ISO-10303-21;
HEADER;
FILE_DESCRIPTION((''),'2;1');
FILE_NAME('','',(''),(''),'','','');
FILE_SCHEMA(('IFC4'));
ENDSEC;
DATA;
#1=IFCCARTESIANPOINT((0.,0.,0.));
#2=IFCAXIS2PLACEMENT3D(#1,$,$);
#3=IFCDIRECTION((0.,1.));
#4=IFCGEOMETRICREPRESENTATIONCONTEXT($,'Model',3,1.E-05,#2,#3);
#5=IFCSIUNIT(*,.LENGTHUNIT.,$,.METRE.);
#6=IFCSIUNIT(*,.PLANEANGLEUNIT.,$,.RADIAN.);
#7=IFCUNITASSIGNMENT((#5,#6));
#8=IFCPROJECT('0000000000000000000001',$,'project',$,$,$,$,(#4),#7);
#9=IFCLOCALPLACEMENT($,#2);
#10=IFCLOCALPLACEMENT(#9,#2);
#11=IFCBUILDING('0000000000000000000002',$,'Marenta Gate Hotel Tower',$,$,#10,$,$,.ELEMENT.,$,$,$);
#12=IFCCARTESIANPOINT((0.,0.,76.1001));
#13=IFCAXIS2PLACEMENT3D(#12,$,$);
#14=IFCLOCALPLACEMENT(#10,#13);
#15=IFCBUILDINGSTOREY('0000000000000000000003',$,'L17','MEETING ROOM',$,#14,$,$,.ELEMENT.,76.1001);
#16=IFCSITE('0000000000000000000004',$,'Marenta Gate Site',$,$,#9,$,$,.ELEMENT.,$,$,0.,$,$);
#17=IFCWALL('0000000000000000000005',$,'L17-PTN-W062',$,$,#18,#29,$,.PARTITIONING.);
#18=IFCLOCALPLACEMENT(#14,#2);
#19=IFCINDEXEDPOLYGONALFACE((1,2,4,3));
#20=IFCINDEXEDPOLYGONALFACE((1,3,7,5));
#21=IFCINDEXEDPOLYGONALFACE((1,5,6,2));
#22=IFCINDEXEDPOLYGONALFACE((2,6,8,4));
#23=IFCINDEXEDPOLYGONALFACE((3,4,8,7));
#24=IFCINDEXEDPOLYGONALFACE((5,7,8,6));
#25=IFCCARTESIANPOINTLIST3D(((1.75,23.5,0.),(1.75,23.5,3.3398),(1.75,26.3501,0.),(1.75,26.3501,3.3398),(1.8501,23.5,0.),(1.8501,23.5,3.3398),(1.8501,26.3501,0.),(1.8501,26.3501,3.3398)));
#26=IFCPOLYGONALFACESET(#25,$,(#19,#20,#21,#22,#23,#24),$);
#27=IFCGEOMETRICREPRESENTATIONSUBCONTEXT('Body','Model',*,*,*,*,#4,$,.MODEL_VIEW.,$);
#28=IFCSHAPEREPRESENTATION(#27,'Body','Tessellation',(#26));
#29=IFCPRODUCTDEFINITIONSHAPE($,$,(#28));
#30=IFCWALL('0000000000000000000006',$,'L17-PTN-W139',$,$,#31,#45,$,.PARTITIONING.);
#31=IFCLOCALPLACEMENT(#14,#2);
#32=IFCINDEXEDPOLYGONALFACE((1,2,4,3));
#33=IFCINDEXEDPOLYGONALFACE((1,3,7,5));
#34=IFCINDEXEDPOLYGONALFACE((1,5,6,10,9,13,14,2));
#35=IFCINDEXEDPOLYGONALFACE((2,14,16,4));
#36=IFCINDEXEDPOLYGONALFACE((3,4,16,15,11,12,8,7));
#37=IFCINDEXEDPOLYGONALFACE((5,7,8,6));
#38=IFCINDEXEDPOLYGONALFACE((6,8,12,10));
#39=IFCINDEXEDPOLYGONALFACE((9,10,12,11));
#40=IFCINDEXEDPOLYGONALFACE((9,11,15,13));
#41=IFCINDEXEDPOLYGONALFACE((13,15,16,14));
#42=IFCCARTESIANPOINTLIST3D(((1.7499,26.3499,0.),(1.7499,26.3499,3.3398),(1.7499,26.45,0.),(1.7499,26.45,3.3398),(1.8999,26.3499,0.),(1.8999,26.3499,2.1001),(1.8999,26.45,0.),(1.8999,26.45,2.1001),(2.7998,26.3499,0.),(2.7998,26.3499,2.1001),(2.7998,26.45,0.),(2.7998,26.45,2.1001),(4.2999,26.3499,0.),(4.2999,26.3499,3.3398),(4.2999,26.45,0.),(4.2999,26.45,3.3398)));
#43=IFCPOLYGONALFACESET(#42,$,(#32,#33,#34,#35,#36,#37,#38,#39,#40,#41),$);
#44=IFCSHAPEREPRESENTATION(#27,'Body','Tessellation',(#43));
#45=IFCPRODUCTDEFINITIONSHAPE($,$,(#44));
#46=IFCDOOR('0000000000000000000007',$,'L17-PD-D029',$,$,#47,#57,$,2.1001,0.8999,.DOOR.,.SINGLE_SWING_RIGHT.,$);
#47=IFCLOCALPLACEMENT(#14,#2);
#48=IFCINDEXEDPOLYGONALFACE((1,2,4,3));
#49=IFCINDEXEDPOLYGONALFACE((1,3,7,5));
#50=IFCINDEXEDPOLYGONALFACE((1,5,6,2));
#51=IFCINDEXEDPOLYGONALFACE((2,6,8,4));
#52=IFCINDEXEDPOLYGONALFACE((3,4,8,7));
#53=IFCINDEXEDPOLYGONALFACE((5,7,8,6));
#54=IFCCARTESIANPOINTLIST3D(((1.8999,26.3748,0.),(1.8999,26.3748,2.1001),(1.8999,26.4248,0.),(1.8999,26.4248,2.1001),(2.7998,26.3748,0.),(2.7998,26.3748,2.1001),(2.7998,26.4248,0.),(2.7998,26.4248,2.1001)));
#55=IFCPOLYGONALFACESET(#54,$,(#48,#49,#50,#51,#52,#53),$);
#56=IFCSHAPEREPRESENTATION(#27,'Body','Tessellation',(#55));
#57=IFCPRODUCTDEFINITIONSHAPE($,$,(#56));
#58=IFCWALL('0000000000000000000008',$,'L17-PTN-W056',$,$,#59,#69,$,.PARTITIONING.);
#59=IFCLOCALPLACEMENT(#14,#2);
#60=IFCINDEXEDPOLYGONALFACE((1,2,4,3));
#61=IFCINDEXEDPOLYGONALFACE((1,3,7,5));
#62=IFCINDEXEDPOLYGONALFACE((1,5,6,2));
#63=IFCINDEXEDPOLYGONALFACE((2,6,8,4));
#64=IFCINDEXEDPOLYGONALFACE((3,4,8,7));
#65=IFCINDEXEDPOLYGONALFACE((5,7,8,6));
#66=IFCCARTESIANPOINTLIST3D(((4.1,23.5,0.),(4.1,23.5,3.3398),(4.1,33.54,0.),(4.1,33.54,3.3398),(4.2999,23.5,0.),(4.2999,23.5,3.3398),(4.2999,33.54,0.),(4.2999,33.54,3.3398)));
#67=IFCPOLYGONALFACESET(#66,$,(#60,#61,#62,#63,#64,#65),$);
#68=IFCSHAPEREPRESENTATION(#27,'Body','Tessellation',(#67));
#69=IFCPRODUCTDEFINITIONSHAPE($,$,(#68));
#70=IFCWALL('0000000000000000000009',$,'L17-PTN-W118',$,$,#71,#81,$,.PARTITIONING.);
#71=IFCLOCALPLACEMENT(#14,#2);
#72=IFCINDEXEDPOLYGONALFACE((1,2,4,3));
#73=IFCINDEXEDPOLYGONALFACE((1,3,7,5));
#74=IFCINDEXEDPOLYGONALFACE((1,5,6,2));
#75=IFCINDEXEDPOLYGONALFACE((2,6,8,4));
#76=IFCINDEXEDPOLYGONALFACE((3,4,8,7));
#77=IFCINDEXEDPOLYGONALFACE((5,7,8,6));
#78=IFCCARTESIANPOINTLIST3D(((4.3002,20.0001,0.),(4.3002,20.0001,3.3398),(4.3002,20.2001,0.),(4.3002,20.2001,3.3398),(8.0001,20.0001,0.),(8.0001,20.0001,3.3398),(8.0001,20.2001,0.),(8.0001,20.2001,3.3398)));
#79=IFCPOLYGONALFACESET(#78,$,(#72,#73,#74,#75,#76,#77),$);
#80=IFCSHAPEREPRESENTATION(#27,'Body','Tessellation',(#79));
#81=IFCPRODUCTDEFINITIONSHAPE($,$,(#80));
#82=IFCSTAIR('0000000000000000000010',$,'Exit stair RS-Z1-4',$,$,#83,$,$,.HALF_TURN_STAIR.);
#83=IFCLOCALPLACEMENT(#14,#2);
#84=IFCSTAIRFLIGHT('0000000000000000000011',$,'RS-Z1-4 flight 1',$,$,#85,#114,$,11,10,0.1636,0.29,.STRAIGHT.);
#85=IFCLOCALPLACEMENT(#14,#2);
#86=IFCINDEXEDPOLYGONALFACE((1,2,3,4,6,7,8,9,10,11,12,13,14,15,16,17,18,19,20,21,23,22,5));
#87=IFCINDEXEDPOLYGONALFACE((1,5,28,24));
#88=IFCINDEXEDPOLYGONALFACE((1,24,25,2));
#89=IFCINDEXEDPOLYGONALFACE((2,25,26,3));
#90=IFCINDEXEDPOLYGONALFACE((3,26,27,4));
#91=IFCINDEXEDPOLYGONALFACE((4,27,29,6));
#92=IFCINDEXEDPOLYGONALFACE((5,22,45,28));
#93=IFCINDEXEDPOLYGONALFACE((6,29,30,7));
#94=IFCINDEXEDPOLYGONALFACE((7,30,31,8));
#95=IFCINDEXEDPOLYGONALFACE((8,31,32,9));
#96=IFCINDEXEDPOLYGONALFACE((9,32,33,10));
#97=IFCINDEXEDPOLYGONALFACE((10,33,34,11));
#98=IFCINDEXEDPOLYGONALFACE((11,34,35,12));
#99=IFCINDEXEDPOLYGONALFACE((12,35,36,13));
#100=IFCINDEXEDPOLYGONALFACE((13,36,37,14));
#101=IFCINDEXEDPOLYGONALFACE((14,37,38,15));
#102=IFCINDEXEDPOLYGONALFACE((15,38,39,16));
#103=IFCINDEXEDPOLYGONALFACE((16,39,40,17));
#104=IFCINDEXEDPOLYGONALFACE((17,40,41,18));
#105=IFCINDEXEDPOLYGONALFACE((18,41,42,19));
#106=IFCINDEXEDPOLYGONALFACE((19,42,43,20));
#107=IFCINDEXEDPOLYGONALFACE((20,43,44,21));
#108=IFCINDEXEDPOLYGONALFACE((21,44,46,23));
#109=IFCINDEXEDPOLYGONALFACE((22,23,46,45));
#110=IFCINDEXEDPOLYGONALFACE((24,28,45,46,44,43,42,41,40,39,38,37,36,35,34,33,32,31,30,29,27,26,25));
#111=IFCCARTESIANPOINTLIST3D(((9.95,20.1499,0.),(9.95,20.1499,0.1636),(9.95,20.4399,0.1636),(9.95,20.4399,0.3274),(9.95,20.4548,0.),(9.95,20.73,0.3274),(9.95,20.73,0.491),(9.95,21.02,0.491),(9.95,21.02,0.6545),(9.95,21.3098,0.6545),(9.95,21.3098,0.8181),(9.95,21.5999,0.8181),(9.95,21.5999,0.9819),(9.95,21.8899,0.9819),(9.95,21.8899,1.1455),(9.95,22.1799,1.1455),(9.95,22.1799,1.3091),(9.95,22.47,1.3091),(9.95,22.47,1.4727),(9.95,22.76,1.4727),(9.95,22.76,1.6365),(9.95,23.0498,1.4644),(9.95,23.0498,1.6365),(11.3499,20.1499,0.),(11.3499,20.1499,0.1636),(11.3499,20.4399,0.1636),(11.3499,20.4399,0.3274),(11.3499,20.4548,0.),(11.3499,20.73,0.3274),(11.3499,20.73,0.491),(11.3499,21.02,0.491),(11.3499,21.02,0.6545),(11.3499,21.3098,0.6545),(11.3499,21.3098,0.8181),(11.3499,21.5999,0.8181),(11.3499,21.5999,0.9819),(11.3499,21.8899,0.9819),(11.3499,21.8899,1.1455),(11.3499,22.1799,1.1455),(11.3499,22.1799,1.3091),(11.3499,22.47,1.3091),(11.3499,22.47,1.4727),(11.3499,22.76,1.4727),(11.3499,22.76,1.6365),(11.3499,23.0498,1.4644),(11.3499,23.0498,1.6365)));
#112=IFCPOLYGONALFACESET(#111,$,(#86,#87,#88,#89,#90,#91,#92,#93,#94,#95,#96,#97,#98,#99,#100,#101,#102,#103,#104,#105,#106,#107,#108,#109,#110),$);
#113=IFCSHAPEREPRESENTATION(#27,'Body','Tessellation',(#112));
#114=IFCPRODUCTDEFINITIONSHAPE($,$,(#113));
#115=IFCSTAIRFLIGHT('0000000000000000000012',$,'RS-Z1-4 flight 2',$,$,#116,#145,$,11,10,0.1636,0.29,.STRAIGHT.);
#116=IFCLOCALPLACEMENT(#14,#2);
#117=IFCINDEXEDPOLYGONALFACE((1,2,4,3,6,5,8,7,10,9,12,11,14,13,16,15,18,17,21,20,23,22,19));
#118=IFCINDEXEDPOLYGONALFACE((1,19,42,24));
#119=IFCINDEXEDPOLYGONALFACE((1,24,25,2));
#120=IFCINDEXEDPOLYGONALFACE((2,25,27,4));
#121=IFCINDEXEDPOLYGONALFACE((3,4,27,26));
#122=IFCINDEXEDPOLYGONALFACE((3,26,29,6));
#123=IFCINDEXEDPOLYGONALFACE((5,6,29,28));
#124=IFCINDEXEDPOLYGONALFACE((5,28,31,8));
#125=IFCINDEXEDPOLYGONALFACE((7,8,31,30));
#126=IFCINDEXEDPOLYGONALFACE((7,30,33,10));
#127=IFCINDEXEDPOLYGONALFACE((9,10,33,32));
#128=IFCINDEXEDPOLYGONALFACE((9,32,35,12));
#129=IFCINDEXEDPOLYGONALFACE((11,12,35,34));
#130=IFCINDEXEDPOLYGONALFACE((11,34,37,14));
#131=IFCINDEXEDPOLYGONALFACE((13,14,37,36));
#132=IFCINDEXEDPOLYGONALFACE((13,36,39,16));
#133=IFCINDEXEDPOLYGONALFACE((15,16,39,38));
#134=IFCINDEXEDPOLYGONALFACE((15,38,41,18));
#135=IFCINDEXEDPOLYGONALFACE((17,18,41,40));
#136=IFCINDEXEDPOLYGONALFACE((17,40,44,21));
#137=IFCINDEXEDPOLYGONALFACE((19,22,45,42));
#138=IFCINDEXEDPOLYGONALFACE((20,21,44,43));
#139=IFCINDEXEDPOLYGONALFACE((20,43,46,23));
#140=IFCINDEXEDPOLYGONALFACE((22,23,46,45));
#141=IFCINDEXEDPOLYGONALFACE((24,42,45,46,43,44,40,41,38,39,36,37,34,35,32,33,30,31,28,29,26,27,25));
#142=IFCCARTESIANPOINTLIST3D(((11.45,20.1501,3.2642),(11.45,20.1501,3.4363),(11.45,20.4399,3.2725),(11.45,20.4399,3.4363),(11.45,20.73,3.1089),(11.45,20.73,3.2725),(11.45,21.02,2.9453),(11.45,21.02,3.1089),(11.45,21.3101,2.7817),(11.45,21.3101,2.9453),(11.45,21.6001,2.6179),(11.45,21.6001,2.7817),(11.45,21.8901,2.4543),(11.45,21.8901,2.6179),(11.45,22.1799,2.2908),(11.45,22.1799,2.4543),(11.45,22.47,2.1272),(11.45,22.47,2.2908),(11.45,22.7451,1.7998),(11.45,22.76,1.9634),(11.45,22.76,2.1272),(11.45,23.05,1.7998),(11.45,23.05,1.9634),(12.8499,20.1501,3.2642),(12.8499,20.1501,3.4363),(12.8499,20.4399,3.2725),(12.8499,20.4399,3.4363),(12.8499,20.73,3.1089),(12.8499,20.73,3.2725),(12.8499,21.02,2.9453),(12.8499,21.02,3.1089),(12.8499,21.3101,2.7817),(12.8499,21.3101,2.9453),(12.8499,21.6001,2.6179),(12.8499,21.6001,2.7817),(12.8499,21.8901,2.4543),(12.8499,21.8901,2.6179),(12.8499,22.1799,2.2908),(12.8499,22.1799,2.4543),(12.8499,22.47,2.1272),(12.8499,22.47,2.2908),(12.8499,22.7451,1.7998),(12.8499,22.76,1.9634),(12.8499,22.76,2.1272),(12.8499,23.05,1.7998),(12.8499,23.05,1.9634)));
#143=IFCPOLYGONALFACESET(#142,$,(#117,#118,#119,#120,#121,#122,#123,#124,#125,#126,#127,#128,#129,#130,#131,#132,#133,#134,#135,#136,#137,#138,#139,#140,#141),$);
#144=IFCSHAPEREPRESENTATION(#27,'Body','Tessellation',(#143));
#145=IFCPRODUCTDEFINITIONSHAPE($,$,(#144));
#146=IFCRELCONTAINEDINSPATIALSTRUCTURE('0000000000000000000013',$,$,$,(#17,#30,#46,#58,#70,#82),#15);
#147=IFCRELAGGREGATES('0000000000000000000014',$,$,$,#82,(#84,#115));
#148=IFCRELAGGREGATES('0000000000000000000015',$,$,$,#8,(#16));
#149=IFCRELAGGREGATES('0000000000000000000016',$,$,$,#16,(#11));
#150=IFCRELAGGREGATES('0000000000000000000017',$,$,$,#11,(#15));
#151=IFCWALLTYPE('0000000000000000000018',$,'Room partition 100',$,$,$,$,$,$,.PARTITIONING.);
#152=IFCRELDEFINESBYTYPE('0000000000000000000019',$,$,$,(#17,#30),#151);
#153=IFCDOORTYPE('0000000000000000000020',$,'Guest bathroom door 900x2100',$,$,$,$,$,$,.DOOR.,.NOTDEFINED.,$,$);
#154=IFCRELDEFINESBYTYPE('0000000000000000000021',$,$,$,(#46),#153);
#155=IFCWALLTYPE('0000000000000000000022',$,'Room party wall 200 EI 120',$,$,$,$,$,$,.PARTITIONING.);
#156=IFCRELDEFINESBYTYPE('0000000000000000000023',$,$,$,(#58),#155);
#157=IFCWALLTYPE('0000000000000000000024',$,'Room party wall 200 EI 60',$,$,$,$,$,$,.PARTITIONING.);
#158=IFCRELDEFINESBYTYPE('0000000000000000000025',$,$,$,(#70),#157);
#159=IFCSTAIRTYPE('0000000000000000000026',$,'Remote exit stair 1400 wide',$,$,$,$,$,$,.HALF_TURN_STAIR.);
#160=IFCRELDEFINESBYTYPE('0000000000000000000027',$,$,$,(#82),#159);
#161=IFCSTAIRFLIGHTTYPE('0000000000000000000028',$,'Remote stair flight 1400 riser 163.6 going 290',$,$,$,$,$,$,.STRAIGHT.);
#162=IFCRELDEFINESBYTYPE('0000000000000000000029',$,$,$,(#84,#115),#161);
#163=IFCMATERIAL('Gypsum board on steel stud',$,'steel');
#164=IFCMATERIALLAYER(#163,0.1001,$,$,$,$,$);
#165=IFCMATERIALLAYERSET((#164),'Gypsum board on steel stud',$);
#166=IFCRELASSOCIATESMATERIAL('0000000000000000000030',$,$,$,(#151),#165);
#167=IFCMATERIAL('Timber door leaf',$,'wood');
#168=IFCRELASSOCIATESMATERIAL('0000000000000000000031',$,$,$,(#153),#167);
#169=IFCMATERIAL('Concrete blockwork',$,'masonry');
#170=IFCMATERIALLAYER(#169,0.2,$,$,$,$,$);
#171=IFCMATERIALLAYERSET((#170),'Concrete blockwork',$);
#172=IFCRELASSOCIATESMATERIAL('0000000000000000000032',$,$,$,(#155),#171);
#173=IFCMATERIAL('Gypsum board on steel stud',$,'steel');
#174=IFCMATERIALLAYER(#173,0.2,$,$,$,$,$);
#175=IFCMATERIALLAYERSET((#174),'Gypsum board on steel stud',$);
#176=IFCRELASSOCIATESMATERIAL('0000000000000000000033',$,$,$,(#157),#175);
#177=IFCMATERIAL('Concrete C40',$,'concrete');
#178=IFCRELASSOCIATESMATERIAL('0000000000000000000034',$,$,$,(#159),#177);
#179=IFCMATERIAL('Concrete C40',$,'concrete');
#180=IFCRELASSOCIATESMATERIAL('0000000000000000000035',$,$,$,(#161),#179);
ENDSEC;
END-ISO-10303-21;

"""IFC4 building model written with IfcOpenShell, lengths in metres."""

from ifc_helpers import new_model, si_unit, direction, frame, frame_2d, origin, place, context, subcontext, project, spatial, polyline, rectangle, outline, extrude, material, layer, layer_set, type_object, element, fill, aggregate, save


model = new_model("IFC4")

# Units and contexts
model_context = context("Model", 3, precision=1e-05, world=origin(), true_north=direction((0.0, 1.0)))
body_context = subcontext(model_context, "Body", "Model", "MODEL_VIEW")
ifc_project = project(units=[si_unit("LENGTHUNIT", "METRE"), si_unit("PLANEANGLEUNIT", "RADIAN")], contexts=[model_context])

# Site, building, storey
site_placement = place(None, origin())
site = spatial("IfcSite", under=ifc_project, at=site_placement, Name="Marenta Gate Site", CompositionType="ELEMENT", RefElevation=0.0)
building_placement = place(site_placement, origin())
building = spatial("IfcBuilding", under=site, at=building_placement, Name="Marenta Gate Hotel Tower", CompositionType="ELEMENT")
storey_placement = place(building_placement, frame((0.0, 0.0, 76.1001)))
storey = spatial("IfcBuildingStorey", under=building, at=storey_placement, Name="L17", Description="MEETING ROOM", CompositionType="ELEMENT", Elevation=76.1001)

# Wall
ifc_material_1 = material(Name="Gypsum board on steel stud", Category="steel")
ifc_layer_1 = layer(ifc_material_1, 0.1001)
ifc_layer_set_1 = layer_set([ifc_layer_1], Name="Gypsum board on steel stud")
wall_type_1 = type_object("IfcWallType", Name="Room partition 100", PredefinedType="PARTITIONING", material=ifc_layer_set_1)
wall_1_placement = place(storey_placement, frame((1.8, 23.5, 0.0), z_axis=(0.0, 0.0, 1.0), x_axis=(0.0, 1.0, 0.0)))
element("IfcWall", 1, at=wall_1_placement, inside=storey, type_object=wall_type_1, Name="L17-PTN-W062", PredefinedType="PARTITIONING", context=body_context, shape_type="SweptSolid", body=[
    extrude(rectangle(XDim=2.8501, YDim=0.1001, at=frame_2d((1.425, 0.0))), origin(), (0.0, 0.0, 1.0), 3.3398),
])

# Wall, opening, door
wall_2_placement = place(storey_placement, frame((1.75, 26.3999, 0.0), z_axis=(0.0, 0.0, 1.0), x_axis=(1.0, 0.0, 0.0)))
wall_2 = element("IfcWall", 2, at=wall_2_placement, inside=storey, type_object=wall_type_1, Name="L17-PTN-W139", PredefinedType="PARTITIONING", context=body_context, shape_type="SweptSolid", body=[
    extrude(rectangle(XDim=2.55, YDim=0.1001, at=frame_2d((1.2749, 0.0))), origin(), (0.0, 0.0, 1.0), 3.3398),
])
opening_1_placement = place(wall_2_placement, frame((0.1499, 0.0, 0.0)))
opening_1 = element("IfcOpeningElement", 3, at=opening_1_placement, cuts=wall_2, PredefinedType="OPENING", context=body_context, shape_type="SweptSolid", body=[
    extrude(rectangle(XDim=0.8999, YDim=2.1001, at=frame_2d((0.45, 1.05))), frame((0.0, 0.05, 0.0), z_axis=(0.0, -1.0, 0.0), x_axis=(1.0, 0.0, 0.0)), (0.0, 0.0, 1.0), 0.1001),
])
ifc_material_2 = material(Name="Timber door leaf", Category="wood")
door_type_1 = type_object("IfcDoorType", Name="Guest bathroom door 900x2100", OperationType="NOTDEFINED", PredefinedType="DOOR", material=ifc_material_2)
door_1_placement = place(opening_1_placement, origin())
door_1 = element("IfcDoor", 4, at=door_1_placement, inside=storey, type_object=door_type_1, Name="L17-PD-D029", OperationType="SINGLE_SWING_RIGHT", OverallHeight=2.1001, OverallWidth=0.8999, PredefinedType="DOOR", context=body_context, shape_type="SweptSolid", body=[
    extrude(rectangle(XDim=0.8999, YDim=2.1001, at=frame_2d((0.45, 1.05))), frame((0.0, 0.0249, 0.0), z_axis=(0.0, -1.0, 0.0), x_axis=(1.0, 0.0, 0.0)), (0.0, 0.0, 1.0), 0.05),
])
fill(opening_1, door_1)

# Walls
ifc_material_3 = material(Name="Concrete blockwork", Category="masonry")
ifc_layer_2 = layer(ifc_material_3, 0.2)
ifc_layer_set_2 = layer_set([ifc_layer_2], Name="Concrete blockwork")
wall_type_2 = type_object("IfcWallType", Name="Room party wall 200 EI 120", PredefinedType="PARTITIONING", material=ifc_layer_set_2)
wall_3_placement = place(storey_placement, frame((4.2, 23.5, 0.0), z_axis=(0.0, 0.0, 1.0), x_axis=(0.0, 1.0, 0.0)))
element("IfcWall", 5, at=wall_3_placement, inside=storey, type_object=wall_type_2, Name="L17-PTN-W056", PredefinedType="PARTITIONING", context=body_context, shape_type="SweptSolid", body=[
    extrude(rectangle(XDim=10.04, YDim=0.2, at=frame_2d((5.02, 0.0))), origin(), (0.0, 0.0, 1.0), 3.3398),
])
ifc_material_4 = material(Name="Gypsum board on steel stud", Category="steel")
ifc_layer_3 = layer(ifc_material_4, 0.2)
ifc_layer_set_3 = layer_set([ifc_layer_3], Name="Gypsum board on steel stud")
wall_type_3 = type_object("IfcWallType", Name="Room party wall 200 EI 60", PredefinedType="PARTITIONING", material=ifc_layer_set_3)
wall_4_placement = place(storey_placement, frame((4.3, 20.1001, 0.0), z_axis=(0.0, 0.0, 1.0), x_axis=(1.0, 0.0, 0.0)))
element("IfcWall", 6, at=wall_4_placement, inside=storey, type_object=wall_type_3, Name="L17-PTN-W118", PredefinedType="PARTITIONING", context=body_context, shape_type="SweptSolid", body=[
    extrude(rectangle(XDim=3.7, YDim=0.2, at=frame_2d((1.8501, 0.0))), origin(), (0.0, 0.0, 1.0), 3.3398),
])

# Stair, stair flights
ifc_material_5 = material(Name="Concrete C40", Category="concrete")
stair_type = type_object("IfcStairType", Name="Remote exit stair 1400 wide", PredefinedType="HALF_TURN_STAIR", material=ifc_material_5)
stair_placement = place(storey_placement, origin())
stair = element("IfcStair", 7, at=stair_placement, inside=storey, type_object=stair_type, Name="Exit stair RS-Z1-4", PredefinedType="HALF_TURN_STAIR")
ifc_material_6 = material(Name="Concrete C40", Category="concrete")
stair_flight_type = type_object("IfcStairFlightType", Name="Remote stair flight 1400 riser 163.6 going 290", PredefinedType="STRAIGHT", material=ifc_material_6)
stair_flight_1_placement = place(storey_placement, frame((10.6499, 20.1499, 0.0), z_axis=(0.0, 0.0, 1.0), x_axis=(0.0, 1.0, 0.0)))
stair_flight_1 = element("IfcStairFlight", 8, at=stair_flight_1_placement, type_object=stair_flight_type, Name="RS-Z1-4 flight 1", NumberOfRisers=11, NumberOfTreads=10, PredefinedType="STRAIGHT", RiserHeight=0.1636, TreadLength=0.29, context=body_context, shape_type="SweptSolid", body=[
    extrude(outline(polyline([(0.0, 0.0), (0.0, 0.1636), (0.29, 0.1636), (0.29, 0.3274), (0.5801, 0.3274), (0.5801, 0.491), (0.8701, 0.491), (0.8701, 0.6545), (1.1599, 0.6545), (1.1599, 0.8181), (1.45, 0.8181), (1.45, 0.9819), (1.74, 0.9819), (1.74, 1.1455), (2.03, 1.1455), (2.03, 1.3091), (2.3201, 1.3091), (2.3201, 1.4727), (2.6101, 1.4727), (2.6101, 1.6365), (2.8999, 1.6365), (2.8999, 1.8), (2.8999, 1.4644), (0.3049, 0.0), (0.0, 0.0)])), frame((0.0, 0.7, 0.0), z_axis=(0.0, -1.0, 0.0), x_axis=(1.0, 0.0, 0.0)), (0.0, 0.0, 1.0), 1.3999),
])
stair_flight_2_placement = place(storey_placement, frame((12.1499, 23.05, 1.7998), z_axis=(0.0, 0.0, 1.0), x_axis=(0.0, -1.0, 0.0)))
stair_flight_2 = element("IfcStairFlight", 9, at=stair_flight_2_placement, type_object=stair_flight_type, Name="RS-Z1-4 flight 2", NumberOfRisers=11, NumberOfTreads=10, PredefinedType="STRAIGHT", RiserHeight=0.1636, TreadLength=0.29, context=body_context, shape_type="SweptSolid", body=[
    extrude(outline(polyline([(0.0, 0.0), (0.0, 0.1636), (0.29, 0.1636), (0.29, 0.3274), (0.5801, 0.3274), (0.5801, 0.491), (0.8701, 0.491), (0.8701, 0.6545), (1.1599, 0.6545), (1.1599, 0.8181), (1.45, 0.8181), (1.45, 0.9819), (1.74, 0.9819), (1.74, 1.1455), (2.03, 1.1455), (2.03, 1.3091), (2.3201, 1.3091), (2.3201, 1.4727), (2.6101, 1.4727), (2.6101, 1.6365), (2.8999, 1.6365), (2.8999, 1.8), (2.8999, 1.4644), (0.3049, 0.0), (0.0, 0.0)])), frame((0.0, 0.7, 0.0), z_axis=(0.0, -1.0, 0.0), x_axis=(1.0, 0.0, 0.0)), (0.0, 0.0, 1.0), 1.3999),
])
aggregate(stair, [stair_flight_1, stair_flight_2])

save(model, "model.ifc")
